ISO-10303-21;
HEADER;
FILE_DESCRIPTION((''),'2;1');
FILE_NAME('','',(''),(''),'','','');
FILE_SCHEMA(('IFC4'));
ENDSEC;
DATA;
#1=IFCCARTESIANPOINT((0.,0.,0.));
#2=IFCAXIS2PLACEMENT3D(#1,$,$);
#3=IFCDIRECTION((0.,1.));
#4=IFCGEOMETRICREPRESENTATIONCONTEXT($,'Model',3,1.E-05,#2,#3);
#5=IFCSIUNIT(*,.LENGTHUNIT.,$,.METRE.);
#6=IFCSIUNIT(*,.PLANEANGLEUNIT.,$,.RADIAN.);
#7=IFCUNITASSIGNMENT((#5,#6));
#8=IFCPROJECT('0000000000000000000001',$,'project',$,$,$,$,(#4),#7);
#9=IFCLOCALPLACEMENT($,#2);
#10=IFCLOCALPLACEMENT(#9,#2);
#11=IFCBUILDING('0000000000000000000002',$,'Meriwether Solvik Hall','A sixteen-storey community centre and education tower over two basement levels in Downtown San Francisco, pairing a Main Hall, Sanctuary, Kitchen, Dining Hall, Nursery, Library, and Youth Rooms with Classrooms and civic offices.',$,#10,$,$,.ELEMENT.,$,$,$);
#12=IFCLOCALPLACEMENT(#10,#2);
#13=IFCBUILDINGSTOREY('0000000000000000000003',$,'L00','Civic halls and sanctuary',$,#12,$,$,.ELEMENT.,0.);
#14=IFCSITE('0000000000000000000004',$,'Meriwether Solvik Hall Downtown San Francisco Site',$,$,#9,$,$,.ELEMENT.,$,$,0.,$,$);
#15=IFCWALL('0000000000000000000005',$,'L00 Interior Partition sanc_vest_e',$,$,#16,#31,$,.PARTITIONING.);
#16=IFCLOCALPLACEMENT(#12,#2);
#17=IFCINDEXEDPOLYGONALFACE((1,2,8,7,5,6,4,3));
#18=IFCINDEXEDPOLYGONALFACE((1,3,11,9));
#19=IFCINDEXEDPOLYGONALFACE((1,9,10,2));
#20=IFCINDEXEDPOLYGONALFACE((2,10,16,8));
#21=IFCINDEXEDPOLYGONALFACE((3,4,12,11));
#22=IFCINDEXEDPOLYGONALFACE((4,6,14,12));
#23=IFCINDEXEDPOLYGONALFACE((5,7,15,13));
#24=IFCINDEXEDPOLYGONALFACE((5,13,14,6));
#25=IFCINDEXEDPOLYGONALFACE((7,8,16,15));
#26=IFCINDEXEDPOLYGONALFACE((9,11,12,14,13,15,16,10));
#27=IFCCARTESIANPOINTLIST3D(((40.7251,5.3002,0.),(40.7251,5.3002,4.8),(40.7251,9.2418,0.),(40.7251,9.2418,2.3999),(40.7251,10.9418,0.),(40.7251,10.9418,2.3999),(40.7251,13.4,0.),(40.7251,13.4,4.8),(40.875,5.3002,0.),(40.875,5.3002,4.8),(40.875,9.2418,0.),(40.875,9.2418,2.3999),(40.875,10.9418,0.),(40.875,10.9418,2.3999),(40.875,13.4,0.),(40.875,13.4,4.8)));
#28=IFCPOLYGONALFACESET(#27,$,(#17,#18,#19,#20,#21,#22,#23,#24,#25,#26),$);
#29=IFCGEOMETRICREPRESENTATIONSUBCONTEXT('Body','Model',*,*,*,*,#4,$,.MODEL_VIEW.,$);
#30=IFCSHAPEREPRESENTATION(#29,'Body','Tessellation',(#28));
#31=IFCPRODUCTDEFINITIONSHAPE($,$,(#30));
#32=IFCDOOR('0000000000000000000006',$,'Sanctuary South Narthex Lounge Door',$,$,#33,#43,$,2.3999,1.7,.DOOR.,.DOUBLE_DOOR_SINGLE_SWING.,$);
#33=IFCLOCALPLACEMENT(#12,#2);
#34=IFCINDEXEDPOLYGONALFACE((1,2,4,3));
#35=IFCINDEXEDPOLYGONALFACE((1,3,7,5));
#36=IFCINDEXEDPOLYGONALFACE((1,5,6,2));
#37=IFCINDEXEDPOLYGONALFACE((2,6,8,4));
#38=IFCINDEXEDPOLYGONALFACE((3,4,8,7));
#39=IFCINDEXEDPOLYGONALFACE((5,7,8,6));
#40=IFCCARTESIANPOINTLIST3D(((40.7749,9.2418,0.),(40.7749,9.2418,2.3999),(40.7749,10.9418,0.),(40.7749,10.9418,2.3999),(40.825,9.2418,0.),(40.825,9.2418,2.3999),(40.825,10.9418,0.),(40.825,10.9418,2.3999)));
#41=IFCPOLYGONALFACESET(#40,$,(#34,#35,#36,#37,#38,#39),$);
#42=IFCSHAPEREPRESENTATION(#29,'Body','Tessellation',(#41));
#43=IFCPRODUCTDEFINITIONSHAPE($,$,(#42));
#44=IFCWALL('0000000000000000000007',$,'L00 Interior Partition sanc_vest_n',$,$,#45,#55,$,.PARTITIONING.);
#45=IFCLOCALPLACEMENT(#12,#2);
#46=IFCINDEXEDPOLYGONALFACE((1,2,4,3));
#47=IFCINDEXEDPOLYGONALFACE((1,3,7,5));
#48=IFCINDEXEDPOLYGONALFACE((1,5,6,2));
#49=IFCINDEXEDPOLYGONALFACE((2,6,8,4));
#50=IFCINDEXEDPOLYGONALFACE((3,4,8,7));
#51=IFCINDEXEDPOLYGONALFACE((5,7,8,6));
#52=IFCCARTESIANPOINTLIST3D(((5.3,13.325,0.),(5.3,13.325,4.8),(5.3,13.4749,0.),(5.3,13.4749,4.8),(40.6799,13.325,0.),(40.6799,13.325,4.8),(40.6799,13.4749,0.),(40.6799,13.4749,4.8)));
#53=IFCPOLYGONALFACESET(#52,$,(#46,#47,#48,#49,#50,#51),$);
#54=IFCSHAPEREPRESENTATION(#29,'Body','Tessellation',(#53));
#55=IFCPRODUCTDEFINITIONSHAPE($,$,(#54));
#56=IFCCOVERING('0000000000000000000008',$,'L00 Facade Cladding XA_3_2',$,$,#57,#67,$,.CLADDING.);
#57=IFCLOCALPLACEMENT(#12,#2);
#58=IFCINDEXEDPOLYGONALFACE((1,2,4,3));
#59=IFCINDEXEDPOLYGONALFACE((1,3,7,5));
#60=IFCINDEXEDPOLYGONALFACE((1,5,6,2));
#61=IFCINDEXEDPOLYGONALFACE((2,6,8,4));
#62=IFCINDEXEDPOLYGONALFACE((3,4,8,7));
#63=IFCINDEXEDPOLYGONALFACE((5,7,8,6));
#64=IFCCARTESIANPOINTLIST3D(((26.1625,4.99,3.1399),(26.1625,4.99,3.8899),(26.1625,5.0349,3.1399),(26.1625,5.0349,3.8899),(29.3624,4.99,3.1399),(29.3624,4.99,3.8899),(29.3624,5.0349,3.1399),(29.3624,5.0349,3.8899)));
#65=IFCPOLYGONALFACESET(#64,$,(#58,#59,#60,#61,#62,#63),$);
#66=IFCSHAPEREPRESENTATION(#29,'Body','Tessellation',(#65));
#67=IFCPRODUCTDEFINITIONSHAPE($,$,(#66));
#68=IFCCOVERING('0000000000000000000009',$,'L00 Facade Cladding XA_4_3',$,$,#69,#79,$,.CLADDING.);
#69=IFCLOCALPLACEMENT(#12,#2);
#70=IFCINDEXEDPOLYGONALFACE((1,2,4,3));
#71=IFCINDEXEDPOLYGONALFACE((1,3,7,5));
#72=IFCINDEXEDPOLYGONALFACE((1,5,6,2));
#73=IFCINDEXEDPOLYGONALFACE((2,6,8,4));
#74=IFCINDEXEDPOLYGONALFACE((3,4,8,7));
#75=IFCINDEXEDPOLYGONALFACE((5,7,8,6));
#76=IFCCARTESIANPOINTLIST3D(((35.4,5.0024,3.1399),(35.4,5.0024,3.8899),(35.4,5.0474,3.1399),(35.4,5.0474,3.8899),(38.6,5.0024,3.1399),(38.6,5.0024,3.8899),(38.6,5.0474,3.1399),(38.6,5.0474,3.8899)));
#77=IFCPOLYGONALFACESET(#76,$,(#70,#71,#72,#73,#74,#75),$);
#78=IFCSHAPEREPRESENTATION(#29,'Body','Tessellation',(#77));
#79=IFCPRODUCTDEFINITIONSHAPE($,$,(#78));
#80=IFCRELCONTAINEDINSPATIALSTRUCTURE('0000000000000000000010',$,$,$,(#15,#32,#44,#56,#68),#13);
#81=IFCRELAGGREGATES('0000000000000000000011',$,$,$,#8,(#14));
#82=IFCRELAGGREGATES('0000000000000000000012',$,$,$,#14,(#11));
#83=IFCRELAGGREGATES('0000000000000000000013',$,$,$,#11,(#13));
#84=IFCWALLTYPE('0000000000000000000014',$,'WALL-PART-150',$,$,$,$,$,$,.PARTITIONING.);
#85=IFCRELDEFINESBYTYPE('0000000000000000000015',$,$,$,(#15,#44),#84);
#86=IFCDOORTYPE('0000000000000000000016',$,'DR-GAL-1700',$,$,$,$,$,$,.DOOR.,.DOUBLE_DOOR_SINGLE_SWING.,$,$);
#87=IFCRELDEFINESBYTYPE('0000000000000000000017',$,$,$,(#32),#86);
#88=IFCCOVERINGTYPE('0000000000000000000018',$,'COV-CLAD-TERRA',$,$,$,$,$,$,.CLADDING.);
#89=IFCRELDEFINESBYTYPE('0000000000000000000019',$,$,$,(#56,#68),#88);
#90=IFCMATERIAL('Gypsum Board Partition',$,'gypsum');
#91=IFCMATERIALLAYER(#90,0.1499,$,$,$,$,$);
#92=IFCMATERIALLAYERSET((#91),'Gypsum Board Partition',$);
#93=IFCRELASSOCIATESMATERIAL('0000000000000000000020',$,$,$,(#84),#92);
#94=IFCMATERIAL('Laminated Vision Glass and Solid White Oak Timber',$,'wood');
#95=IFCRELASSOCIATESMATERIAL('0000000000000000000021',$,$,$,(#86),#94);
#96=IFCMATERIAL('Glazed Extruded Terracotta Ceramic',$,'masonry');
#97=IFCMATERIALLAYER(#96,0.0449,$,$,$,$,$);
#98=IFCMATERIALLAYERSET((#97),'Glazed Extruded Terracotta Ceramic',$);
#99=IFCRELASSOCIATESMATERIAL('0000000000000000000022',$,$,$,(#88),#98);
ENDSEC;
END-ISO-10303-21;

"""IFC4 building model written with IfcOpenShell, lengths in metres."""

from ifc_helpers import new_model, si_unit, direction, frame, frame_2d, origin, origin_2d, place, context, subcontext, project, spatial, rectangle, extrude, material, layer, layer_set, type_object, element, fill, save


model = new_model("IFC4")

# Units and contexts
model_context = context("Model", 3, precision=1e-05, world=origin(), true_north=direction((0.0, 1.0)))
body_context = subcontext(model_context, "Body", "Model", "MODEL_VIEW")
ifc_project = project(units=[si_unit("LENGTHUNIT", "METRE"), si_unit("PLANEANGLEUNIT", "RADIAN")], contexts=[model_context])

# Site, building, storey
site_placement = place(None, origin())
site = spatial("IfcSite", under=ifc_project, at=site_placement, Name="Meriwether Solvik Hall Downtown San Francisco Site", CompositionType="ELEMENT", RefElevation=0.0)
building_placement = place(site_placement, origin())
building = spatial("IfcBuilding", under=site, at=building_placement, Name="Meriwether Solvik Hall", Description="A sixteen-storey community centre and education tower over two basement levels in Downtown San Francisco, pairing a Main Hall, Sanctuary, Kitchen, Dining Hall, Nursery, Library, and Youth Rooms with Classrooms and civic offices.", CompositionType="ELEMENT")
storey_placement = place(building_placement, origin())
storey = spatial("IfcBuildingStorey", under=building, at=storey_placement, Name="L00", Description="Civic halls and sanctuary", CompositionType="ELEMENT", Elevation=0.0)

# Wall, opening, door
ifc_material_1 = material(Name="Gypsum Board Partition", Category="gypsum")
ifc_layer_1 = layer(ifc_material_1, 0.1499)
ifc_layer_set_1 = layer_set([ifc_layer_1], Name="Gypsum Board Partition")
wall_type_1 = type_object("IfcWallType", Name="WALL-PART-150", PredefinedType="PARTITIONING", material=ifc_layer_set_1)
wall_1_placement = place(storey_placement, frame((40.8, 13.3999, 0.0), z_axis=(0.0, 0.0, 1.0), x_axis=(0.0, -1.0, 0.0)))
wall_1 = element("IfcWall", 1, at=wall_1_placement, inside=storey, type_object=wall_type_1, Name="L00 Interior Partition sanc_vest_e", PredefinedType="PARTITIONING", context=body_context, shape_type="SweptSolid", body=[
    extrude(rectangle(XDim=8.0999, YDim=0.1499, at=frame_2d((4.0498, 0.0))), origin(), (0.0, 0.0, 1.0), 4.8),
])
opening_1_placement = place(wall_1_placement, frame((2.458, 0.0, 0.0)))
opening_1 = element("IfcOpeningElement", 2, at=opening_1_placement, cuts=wall_1, PredefinedType="OPENING", context=body_context, shape_type="SweptSolid", body=[
    extrude(rectangle(XDim=1.7, YDim=2.3999, at=frame_2d((0.8501, 1.2))), frame((0.0, 0.0869, 0.0), z_axis=(0.0, -1.0, 0.0), x_axis=(1.0, 0.0, 0.0)), (0.0, 0.0, 1.0), 0.1738),
])
ifc_material_2 = material(Name="Laminated Vision Glass and Solid White Oak Timber", Category="wood")
door_type_1 = type_object("IfcDoorType", Name="DR-GAL-1700", OperationType="DOUBLE_DOOR_SINGLE_SWING", PredefinedType="DOOR", material=ifc_material_2)
door_1_placement = place(opening_1_placement, origin())
door_1 = element("IfcDoor", 3, at=door_1_placement, inside=storey, type_object=door_type_1, Name="Sanctuary South Narthex Lounge Door", OperationType="DOUBLE_DOOR_SINGLE_SWING", OverallHeight=2.3999, OverallWidth=1.7, PredefinedType="DOOR", context=body_context, shape_type="SweptSolid", body=[
    extrude(rectangle(XDim=1.7, YDim=2.3999, at=frame_2d((0.8501, 1.2))), frame((0.0, 0.0249, 0.0), z_axis=(0.0, -1.0, 0.0), x_axis=(1.0, 0.0, 0.0)), (0.0, 0.0, 1.0), 0.05),
])
fill(opening_1, door_1)

# Wall
wall_2_placement = place(storey_placement, frame((40.6799, 13.3999, 0.0), z_axis=(0.0, 0.0, 1.0), x_axis=(-1.0, 0.0, 0.0)))
element("IfcWall", 4, at=wall_2_placement, inside=storey, type_object=wall_type_1, Name="L00 Interior Partition sanc_vest_n", PredefinedType="PARTITIONING", context=body_context, shape_type="SweptSolid", body=[
    extrude(rectangle(XDim=35.3799, YDim=0.1499, at=frame_2d((17.6899, 0.0))), origin(), (0.0, 0.0, 1.0), 4.8),
])

# Coverings
ifc_material_3 = material(Name="Glazed Extruded Terracotta Ceramic", Category="masonry")
ifc_layer_2 = layer(ifc_material_3, 0.0449)
ifc_layer_set_2 = layer_set([ifc_layer_2], Name="Glazed Extruded Terracotta Ceramic")
covering_type = type_object("IfcCoveringType", Name="COV-CLAD-TERRA", PredefinedType="CLADDING", material=ifc_layer_set_2)
for number, where, z_axis, x_axis, name in (
    (5, (27.7625, 5.0125, 3.1399), (0.0, 0.0, 1.0), (-1.0, 0.0, 0.0), "L00 Facade Cladding XA_3_2"),
    (6, (37.0, 5.0249, 3.1399), (0.0, 0.0, 1.0), (-1.0, 0.0, 0.0), "L00 Facade Cladding XA_4_3"),
):
    element("IfcCovering", number, at=place(storey_placement, frame(where, z_axis=z_axis, x_axis=x_axis)), inside=storey, type_object=covering_type, Name=name, PredefinedType="CLADDING", context=body_context, shape_type="SweptSolid", body=[
        extrude(rectangle(XDim=3.2, YDim=0.0449, at=origin_2d()), origin(), (0.0, 0.0, 1.0), 0.75),
    ])

save(model, "model.ifc")
